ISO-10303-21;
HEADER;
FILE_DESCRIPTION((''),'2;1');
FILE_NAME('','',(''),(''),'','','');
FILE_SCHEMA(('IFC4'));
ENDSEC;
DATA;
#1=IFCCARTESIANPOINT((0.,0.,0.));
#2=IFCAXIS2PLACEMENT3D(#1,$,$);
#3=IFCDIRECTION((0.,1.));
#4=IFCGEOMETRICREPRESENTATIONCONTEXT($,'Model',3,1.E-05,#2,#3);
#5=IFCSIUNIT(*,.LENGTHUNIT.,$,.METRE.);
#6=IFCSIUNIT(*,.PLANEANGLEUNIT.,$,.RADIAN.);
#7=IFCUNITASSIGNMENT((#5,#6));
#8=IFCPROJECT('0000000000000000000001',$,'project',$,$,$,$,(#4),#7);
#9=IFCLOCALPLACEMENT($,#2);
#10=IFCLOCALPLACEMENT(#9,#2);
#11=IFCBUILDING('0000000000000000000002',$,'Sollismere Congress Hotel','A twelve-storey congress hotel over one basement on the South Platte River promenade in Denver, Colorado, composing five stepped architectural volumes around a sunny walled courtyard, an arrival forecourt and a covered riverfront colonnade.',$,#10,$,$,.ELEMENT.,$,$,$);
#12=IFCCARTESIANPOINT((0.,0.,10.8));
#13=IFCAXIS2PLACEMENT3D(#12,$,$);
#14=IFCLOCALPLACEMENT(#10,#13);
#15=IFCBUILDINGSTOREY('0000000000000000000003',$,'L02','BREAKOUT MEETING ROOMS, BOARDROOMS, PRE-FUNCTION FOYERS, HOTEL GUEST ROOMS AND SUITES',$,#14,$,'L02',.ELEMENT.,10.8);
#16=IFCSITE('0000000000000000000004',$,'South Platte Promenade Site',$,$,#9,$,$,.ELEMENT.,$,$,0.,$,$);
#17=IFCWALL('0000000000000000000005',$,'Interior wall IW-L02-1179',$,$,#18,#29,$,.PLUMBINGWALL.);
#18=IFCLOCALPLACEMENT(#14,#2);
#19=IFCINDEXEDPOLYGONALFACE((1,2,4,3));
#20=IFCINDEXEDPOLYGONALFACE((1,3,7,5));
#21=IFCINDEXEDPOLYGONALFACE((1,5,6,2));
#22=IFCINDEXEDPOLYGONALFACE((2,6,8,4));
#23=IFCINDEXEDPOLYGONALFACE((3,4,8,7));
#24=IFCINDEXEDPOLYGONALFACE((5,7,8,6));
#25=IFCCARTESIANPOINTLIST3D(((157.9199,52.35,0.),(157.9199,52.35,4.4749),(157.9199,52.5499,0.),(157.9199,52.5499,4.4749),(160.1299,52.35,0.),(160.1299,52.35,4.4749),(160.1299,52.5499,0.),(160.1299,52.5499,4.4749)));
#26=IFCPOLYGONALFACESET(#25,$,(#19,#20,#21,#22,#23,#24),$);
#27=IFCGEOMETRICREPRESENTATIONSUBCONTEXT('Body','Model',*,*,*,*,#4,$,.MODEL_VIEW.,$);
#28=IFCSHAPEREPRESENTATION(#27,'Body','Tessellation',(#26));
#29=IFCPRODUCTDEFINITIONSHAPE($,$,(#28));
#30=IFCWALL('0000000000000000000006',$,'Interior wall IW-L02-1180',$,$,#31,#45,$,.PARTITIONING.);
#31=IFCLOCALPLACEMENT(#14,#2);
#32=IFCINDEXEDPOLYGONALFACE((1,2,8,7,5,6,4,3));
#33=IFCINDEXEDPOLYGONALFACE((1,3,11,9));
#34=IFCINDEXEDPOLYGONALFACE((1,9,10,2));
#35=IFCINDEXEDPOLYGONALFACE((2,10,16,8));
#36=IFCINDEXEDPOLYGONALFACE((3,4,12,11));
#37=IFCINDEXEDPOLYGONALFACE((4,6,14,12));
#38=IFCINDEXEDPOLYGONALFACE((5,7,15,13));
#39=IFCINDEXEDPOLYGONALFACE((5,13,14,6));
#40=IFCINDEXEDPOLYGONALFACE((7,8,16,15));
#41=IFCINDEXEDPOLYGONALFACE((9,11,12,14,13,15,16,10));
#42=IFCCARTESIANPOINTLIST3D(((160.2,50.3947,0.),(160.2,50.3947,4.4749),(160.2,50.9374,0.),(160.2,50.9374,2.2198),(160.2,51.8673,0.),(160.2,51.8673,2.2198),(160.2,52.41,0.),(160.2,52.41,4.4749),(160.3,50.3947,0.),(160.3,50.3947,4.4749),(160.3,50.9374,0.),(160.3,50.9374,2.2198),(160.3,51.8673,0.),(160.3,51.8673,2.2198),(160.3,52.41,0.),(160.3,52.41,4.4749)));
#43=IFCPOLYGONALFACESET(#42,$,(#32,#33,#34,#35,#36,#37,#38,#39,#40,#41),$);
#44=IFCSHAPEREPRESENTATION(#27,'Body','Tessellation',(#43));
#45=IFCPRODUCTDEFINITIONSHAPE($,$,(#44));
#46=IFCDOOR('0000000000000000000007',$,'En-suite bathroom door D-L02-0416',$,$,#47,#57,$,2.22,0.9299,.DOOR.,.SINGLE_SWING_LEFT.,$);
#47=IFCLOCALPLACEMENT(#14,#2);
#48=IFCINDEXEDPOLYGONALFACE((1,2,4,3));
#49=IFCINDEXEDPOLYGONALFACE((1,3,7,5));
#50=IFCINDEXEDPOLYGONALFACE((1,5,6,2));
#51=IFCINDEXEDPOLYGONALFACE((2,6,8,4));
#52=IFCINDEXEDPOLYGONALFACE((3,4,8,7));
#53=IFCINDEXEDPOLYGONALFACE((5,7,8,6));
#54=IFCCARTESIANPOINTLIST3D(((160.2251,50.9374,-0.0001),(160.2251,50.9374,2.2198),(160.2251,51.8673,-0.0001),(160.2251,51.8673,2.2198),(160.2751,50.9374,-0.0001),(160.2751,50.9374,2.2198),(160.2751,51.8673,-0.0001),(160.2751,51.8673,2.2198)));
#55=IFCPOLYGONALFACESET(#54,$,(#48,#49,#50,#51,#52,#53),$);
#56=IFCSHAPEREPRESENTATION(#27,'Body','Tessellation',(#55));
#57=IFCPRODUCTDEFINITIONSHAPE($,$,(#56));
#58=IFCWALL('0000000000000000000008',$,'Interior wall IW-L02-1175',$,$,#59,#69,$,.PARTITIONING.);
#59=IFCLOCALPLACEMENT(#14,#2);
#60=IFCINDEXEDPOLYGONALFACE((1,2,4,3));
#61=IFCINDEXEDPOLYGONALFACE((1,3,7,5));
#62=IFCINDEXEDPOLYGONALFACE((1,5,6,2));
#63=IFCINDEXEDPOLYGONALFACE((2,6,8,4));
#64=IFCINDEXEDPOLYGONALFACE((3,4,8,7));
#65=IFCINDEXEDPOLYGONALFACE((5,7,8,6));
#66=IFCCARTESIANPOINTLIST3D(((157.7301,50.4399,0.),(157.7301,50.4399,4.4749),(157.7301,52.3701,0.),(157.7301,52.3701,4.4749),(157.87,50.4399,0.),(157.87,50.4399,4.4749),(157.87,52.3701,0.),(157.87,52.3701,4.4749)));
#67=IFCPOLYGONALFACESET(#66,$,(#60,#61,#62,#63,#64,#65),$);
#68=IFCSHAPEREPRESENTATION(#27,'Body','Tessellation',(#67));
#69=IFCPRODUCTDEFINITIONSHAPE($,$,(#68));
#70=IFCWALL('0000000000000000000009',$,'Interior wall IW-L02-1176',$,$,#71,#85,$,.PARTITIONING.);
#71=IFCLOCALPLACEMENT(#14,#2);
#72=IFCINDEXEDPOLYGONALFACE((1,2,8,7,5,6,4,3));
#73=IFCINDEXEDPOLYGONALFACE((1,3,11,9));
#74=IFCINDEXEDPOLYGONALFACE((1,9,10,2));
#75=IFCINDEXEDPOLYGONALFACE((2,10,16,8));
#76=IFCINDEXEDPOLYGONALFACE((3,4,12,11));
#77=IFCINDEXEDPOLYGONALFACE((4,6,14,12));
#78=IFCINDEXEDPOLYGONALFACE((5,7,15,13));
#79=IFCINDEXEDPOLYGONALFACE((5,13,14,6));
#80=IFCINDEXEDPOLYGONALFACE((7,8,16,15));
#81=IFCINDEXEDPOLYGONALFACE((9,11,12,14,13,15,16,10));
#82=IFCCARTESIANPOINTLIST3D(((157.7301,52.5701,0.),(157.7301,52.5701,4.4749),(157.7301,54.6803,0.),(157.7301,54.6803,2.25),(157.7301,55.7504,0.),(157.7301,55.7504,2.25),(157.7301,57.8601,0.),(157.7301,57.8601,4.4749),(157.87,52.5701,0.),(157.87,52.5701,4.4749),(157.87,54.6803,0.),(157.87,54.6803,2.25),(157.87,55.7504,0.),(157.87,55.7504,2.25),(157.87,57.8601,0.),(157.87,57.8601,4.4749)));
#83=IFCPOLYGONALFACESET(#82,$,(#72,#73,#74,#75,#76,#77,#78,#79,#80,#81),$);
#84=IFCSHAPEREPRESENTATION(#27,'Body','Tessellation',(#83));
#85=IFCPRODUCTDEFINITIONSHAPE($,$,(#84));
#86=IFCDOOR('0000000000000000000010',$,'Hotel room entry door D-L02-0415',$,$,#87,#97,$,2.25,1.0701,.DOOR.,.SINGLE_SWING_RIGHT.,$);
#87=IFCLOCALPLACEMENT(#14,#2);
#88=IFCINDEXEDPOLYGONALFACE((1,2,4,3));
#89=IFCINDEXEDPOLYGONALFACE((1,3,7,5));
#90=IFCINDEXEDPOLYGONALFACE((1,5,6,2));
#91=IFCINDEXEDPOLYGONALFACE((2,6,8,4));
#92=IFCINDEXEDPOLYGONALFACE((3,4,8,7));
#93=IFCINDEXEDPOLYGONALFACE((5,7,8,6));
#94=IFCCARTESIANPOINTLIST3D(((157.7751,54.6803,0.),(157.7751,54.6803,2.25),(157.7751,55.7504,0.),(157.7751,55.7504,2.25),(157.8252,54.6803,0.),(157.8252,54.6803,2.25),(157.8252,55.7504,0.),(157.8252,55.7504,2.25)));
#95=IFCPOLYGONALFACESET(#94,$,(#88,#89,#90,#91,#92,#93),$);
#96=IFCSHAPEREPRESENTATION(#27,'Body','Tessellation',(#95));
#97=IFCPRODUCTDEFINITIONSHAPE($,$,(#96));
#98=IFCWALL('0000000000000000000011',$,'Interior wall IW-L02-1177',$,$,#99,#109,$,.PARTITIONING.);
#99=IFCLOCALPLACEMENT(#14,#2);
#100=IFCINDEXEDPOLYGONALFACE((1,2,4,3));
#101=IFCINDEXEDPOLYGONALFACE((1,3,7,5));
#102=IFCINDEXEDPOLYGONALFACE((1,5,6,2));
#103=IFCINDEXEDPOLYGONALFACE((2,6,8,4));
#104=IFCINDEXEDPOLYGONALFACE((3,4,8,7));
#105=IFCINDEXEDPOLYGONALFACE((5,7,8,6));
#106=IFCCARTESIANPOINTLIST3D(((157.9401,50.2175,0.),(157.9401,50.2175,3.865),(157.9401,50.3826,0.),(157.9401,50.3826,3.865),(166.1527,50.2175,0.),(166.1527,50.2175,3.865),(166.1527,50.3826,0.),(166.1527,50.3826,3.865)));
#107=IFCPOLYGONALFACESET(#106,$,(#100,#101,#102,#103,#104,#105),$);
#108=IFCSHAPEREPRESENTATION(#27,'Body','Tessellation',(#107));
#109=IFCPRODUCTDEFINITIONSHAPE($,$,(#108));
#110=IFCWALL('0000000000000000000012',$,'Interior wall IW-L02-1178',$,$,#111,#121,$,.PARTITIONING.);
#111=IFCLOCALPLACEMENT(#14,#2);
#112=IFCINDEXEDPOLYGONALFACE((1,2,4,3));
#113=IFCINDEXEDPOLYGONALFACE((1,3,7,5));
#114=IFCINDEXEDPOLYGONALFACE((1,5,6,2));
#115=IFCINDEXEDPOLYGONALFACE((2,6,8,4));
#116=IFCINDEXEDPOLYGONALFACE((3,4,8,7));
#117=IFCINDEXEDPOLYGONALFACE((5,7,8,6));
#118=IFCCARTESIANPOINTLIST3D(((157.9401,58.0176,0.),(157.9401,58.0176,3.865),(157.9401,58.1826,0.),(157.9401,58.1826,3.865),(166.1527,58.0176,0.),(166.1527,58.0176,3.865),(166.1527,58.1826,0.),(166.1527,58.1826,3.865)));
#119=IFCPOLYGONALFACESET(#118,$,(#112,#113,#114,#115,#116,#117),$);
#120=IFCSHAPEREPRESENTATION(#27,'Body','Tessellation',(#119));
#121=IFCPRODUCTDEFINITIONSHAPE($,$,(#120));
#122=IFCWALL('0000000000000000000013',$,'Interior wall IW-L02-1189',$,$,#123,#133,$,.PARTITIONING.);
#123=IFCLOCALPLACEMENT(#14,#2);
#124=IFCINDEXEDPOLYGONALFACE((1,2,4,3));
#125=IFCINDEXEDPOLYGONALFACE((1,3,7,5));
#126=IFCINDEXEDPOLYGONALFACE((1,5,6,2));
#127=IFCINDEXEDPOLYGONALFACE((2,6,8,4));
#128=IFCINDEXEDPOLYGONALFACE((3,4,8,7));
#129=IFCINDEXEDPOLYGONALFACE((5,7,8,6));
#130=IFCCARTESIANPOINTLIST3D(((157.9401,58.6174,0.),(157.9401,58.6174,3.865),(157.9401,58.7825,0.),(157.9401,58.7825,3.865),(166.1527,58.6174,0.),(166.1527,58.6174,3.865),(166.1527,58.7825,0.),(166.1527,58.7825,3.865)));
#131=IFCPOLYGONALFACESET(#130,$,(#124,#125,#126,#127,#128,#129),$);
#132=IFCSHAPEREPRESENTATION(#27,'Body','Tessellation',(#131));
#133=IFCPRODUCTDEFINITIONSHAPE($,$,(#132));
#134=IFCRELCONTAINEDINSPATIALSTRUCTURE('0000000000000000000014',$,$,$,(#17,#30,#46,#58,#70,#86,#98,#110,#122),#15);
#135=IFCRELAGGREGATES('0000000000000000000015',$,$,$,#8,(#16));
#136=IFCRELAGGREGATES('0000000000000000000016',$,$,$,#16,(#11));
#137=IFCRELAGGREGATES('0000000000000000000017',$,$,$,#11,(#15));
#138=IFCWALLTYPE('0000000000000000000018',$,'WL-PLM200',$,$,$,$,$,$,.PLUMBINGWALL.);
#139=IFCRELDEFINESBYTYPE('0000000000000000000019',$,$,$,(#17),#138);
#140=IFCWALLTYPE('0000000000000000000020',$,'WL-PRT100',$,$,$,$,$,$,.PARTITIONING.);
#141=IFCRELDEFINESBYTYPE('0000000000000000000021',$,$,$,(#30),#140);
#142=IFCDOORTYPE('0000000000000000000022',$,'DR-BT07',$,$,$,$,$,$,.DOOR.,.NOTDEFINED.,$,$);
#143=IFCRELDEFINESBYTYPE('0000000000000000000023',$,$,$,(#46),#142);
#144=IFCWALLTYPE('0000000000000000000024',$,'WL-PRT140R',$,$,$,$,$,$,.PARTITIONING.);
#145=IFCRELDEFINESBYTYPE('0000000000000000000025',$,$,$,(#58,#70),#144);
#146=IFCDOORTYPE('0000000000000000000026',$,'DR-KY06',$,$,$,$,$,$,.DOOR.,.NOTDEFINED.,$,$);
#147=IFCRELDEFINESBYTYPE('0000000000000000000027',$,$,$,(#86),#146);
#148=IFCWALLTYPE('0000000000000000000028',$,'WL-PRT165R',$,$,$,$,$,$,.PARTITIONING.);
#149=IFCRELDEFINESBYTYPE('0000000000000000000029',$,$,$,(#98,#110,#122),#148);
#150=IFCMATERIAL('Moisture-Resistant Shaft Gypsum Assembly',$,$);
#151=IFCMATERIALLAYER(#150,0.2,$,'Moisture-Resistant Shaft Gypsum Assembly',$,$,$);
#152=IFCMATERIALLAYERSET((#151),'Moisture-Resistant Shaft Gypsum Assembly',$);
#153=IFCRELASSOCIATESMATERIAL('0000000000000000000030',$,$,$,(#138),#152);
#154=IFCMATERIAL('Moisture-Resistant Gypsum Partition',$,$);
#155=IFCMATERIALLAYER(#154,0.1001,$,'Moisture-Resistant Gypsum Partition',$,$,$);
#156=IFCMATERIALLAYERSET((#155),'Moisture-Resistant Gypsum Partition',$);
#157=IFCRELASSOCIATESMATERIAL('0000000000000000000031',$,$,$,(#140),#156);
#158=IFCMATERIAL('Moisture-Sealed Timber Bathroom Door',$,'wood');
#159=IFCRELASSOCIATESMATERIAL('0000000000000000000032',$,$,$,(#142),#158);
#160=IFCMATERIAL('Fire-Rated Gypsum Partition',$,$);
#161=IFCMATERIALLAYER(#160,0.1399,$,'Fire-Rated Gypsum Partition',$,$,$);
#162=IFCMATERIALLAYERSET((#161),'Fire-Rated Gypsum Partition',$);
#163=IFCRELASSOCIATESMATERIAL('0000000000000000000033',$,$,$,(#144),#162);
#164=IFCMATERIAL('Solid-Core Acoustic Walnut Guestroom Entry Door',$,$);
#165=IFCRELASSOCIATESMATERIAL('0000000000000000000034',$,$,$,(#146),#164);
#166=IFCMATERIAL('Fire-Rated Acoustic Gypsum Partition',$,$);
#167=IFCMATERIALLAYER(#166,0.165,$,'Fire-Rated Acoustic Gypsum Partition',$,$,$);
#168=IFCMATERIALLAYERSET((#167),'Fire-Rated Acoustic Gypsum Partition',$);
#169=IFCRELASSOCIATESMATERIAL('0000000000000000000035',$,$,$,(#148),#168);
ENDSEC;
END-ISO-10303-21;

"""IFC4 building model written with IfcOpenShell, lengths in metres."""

from ifc_helpers import new_model, si_unit, direction, frame, frame_2d, origin, place, context, subcontext, project, spatial, rectangle, extrude, material, layer, layer_set, type_object, element, fill, save


model = new_model("IFC4")

# Units and contexts
model_context = context("Model", 3, precision=1e-05, world=origin(), true_north=direction((0.0, 1.0)))
body_context = subcontext(model_context, "Body", "Model", "MODEL_VIEW")
ifc_project = project(units=[si_unit("LENGTHUNIT", "METRE"), si_unit("PLANEANGLEUNIT", "RADIAN")], contexts=[model_context])

# Site, building, storey
site_placement = place(None, origin())
site = spatial("IfcSite", under=ifc_project, at=site_placement, Name="South Platte Promenade Site", CompositionType="ELEMENT", RefElevation=0.0)
building_placement = place(site_placement, origin())
building = spatial("IfcBuilding", under=site, at=building_placement, Name="Sollismere Congress Hotel", Description="A twelve-storey congress hotel over one basement on the South Platte River promenade in Denver, Colorado, composing five stepped architectural volumes around a sunny walled courtyard, an arrival forecourt and a covered riverfront colonnade.", CompositionType="ELEMENT")
storey_placement = place(building_placement, frame((0.0, 0.0, 10.8)))
storey = spatial("IfcBuildingStorey", under=building, at=storey_placement, Name="L02", Description="BREAKOUT MEETING ROOMS, BOARDROOMS, PRE-FUNCTION FOYERS, HOTEL GUEST ROOMS AND SUITES", LongName="L02", CompositionType="ELEMENT", Elevation=10.8)

# Wall
ifc_material_1 = material(Name="Moisture-Resistant Shaft Gypsum Assembly")
ifc_layer_1 = layer(ifc_material_1, 0.2, Name="Moisture-Resistant Shaft Gypsum Assembly")
ifc_layer_set_1 = layer_set([ifc_layer_1], Name="Moisture-Resistant Shaft Gypsum Assembly")
wall_type_1 = type_object("IfcWallType", Name="WL-PLM200", PredefinedType="PLUMBINGWALL", material=ifc_layer_set_1)
wall_1_placement = place(storey_placement, frame((157.9199, 52.45, 0.0), z_axis=(0.0, 0.0, 1.0), x_axis=(1.0, 0.0, 0.0)))
element("IfcWall", 1, at=wall_1_placement, inside=storey, type_object=wall_type_1, Name="Interior wall IW-L02-1179", PredefinedType="PLUMBINGWALL", context=body_context, shape_type="SweptSolid", body=[
    extrude(rectangle(XDim=2.21, YDim=0.2, at=frame_2d((1.105, 0.0))), origin(), (0.0, 0.0, 1.0), 4.4749),
])

# Wall, opening, door
ifc_material_2 = material(Name="Moisture-Resistant Gypsum Partition")
ifc_layer_2 = layer(ifc_material_2, 0.1001, Name="Moisture-Resistant Gypsum Partition")
ifc_layer_set_2 = layer_set([ifc_layer_2], Name="Moisture-Resistant Gypsum Partition")
wall_type_2 = type_object("IfcWallType", Name="WL-PRT100", PredefinedType="PARTITIONING", material=ifc_layer_set_2)
wall_2_placement = place(storey_placement, frame((160.25, 50.3945, 0.0), z_axis=(0.0, 0.0, 1.0), x_axis=(0.0, 1.0, 0.0)))
wall_2 = element("IfcWall", 2, at=wall_2_placement, inside=storey, type_object=wall_type_2, Name="Interior wall IW-L02-1180", PredefinedType="PARTITIONING", context=body_context, shape_type="SweptSolid", body=[
    extrude(rectangle(XDim=2.0154, YDim=0.1001, at=frame_2d((1.0078, 0.0))), origin(), (0.0, 0.0, 1.0), 4.4749),
])
opening_1_placement = place(wall_2_placement, frame((0.543, 0.0, 0.0)))
opening_1 = element("IfcOpeningElement", 3, at=opening_1_placement, cuts=wall_2, PredefinedType="OPENING", context=body_context, shape_type="SweptSolid", body=[
    extrude(rectangle(XDim=0.9299, YDim=2.22, at=frame_2d((0.4648, 1.1099))), frame((0.0, 0.0601, 0.0), z_axis=(0.0, -1.0, 0.0), x_axis=(1.0, 0.0, 0.0)), (0.0, 0.0, 1.0), 0.1201),
])
ifc_material_3 = material(Name="Moisture-Sealed Timber Bathroom Door", Category="wood")
door_type_1 = type_object("IfcDoorType", Name="DR-BT07", OperationType="NOTDEFINED", PredefinedType="DOOR", material=ifc_material_3)
door_1_placement = place(opening_1_placement, origin())
door_1 = element("IfcDoor", 4, at=door_1_placement, inside=storey, type_object=door_type_1, Name="En-suite bathroom door D-L02-0416", OperationType="SINGLE_SWING_LEFT", OverallHeight=2.22, OverallWidth=0.9299, PredefinedType="DOOR", context=body_context, shape_type="SweptSolid", body=[
    extrude(rectangle(XDim=0.9299, YDim=2.22, at=frame_2d((0.4648, 1.1099))), frame((0.0, 0.0249, 0.0), z_axis=(0.0, -1.0, 0.0), x_axis=(1.0, 0.0, 0.0)), (0.0, 0.0, 1.0), 0.05),
])
fill(opening_1, door_1)

# Wall
ifc_material_4 = material(Name="Fire-Rated Gypsum Partition")
ifc_layer_3 = layer(ifc_material_4, 0.1399, Name="Fire-Rated Gypsum Partition")
ifc_layer_set_3 = layer_set([ifc_layer_3], Name="Fire-Rated Gypsum Partition")
wall_type_3 = type_object("IfcWallType", Name="WL-PRT140R", PredefinedType="PARTITIONING", material=ifc_layer_set_3)
wall_3_placement = place(storey_placement, frame((157.8, 50.4399, 0.0), z_axis=(0.0, 0.0, 1.0), x_axis=(0.0, 1.0, 0.0)))
element("IfcWall", 5, at=wall_3_placement, inside=storey, type_object=wall_type_3, Name="Interior wall IW-L02-1175", PredefinedType="PARTITIONING", context=body_context, shape_type="SweptSolid", body=[
    extrude(rectangle(XDim=1.9302, YDim=0.1399, at=frame_2d((0.9651, 0.0))), origin(), (0.0, 0.0, 1.0), 4.4749),
])

# Wall, opening, door
wall_4_placement = place(storey_placement, frame((157.8, 52.5701, 0.0), z_axis=(0.0, 0.0, 1.0), x_axis=(0.0, 1.0, 0.0)))
wall_4 = element("IfcWall", 6, at=wall_4_placement, inside=storey, type_object=wall_type_3, Name="Interior wall IW-L02-1176", PredefinedType="PARTITIONING", context=body_context, shape_type="SweptSolid", body=[
    extrude(rectangle(XDim=5.29, YDim=0.1399, at=frame_2d((2.645, 0.0))), origin(), (0.0, 0.0, 1.0), 4.4749),
])
opening_2_placement = place(wall_4_placement, frame((2.1101, 0.0, 0.0)))
opening_2 = element("IfcOpeningElement", 7, at=opening_2_placement, cuts=wall_4, PredefinedType="OPENING", context=body_context, shape_type="SweptSolid", body=[
    extrude(rectangle(XDim=1.0701, YDim=2.25, at=frame_2d((0.5352, 1.125))), frame((0.0, 0.0798, 0.0), z_axis=(0.0, -1.0, 0.0), x_axis=(1.0, 0.0, 0.0)), (0.0, 0.0, 1.0), 0.1599),
])
ifc_material_5 = material(Name="Solid-Core Acoustic Walnut Guestroom Entry Door")
door_type_2 = type_object("IfcDoorType", Name="DR-KY06", OperationType="NOTDEFINED", PredefinedType="DOOR", material=ifc_material_5)
door_2_placement = place(opening_2_placement, origin())
door_2 = element("IfcDoor", 8, at=door_2_placement, inside=storey, type_object=door_type_2, Name="Hotel room entry door D-L02-0415", OperationType="SINGLE_SWING_RIGHT", OverallHeight=2.25, OverallWidth=1.0701, PredefinedType="DOOR", context=body_context, shape_type="SweptSolid", body=[
    extrude(rectangle(XDim=1.0701, YDim=2.25, at=frame_2d((0.5352, 1.125))), frame((0.0, 0.0249, 0.0), z_axis=(0.0, -1.0, 0.0), x_axis=(1.0, 0.0, 0.0)), (0.0, 0.0, 1.0), 0.05),
])
fill(opening_2, door_2)

# Walls
ifc_material_6 = material(Name="Fire-Rated Acoustic Gypsum Partition")
ifc_layer_4 = layer(ifc_material_6, 0.165, Name="Fire-Rated Acoustic Gypsum Partition")
ifc_layer_set_4 = layer_set([ifc_layer_4], Name="Fire-Rated Acoustic Gypsum Partition")
wall_type_4 = type_object("IfcWallType", Name="WL-PRT165R", PredefinedType="PARTITIONING", material=ifc_layer_set_4)
for number, where, z_axis, x_axis, name in (
    (9, (157.9399, 50.3, 0.0), (0.0, 0.0, 1.0), (1.0, 0.0, 0.0), "Interior wall IW-L02-1177"),
    (10, (157.9399, 58.1001, 0.0), (0.0, 0.0, 1.0), (1.0, 0.0, 0.0), "Interior wall IW-L02-1178"),
    (11, (157.9399, 58.7, 0.0), (0.0, 0.0, 1.0), (1.0, 0.0, 0.0), "Interior wall IW-L02-1189"),
):
    element("IfcWall", number, at=place(storey_placement, frame(where, z_axis=z_axis, x_axis=x_axis)), inside=storey, type_object=wall_type_4, Name=name, PredefinedType="PARTITIONING", context=body_context, shape_type="SweptSolid", body=[
        extrude(rectangle(XDim=8.2126, YDim=0.165, at=frame_2d((4.1064, 0.0))), origin(), (0.0, 0.0, 1.0), 3.865),
    ])

save(model, "model.ifc")
